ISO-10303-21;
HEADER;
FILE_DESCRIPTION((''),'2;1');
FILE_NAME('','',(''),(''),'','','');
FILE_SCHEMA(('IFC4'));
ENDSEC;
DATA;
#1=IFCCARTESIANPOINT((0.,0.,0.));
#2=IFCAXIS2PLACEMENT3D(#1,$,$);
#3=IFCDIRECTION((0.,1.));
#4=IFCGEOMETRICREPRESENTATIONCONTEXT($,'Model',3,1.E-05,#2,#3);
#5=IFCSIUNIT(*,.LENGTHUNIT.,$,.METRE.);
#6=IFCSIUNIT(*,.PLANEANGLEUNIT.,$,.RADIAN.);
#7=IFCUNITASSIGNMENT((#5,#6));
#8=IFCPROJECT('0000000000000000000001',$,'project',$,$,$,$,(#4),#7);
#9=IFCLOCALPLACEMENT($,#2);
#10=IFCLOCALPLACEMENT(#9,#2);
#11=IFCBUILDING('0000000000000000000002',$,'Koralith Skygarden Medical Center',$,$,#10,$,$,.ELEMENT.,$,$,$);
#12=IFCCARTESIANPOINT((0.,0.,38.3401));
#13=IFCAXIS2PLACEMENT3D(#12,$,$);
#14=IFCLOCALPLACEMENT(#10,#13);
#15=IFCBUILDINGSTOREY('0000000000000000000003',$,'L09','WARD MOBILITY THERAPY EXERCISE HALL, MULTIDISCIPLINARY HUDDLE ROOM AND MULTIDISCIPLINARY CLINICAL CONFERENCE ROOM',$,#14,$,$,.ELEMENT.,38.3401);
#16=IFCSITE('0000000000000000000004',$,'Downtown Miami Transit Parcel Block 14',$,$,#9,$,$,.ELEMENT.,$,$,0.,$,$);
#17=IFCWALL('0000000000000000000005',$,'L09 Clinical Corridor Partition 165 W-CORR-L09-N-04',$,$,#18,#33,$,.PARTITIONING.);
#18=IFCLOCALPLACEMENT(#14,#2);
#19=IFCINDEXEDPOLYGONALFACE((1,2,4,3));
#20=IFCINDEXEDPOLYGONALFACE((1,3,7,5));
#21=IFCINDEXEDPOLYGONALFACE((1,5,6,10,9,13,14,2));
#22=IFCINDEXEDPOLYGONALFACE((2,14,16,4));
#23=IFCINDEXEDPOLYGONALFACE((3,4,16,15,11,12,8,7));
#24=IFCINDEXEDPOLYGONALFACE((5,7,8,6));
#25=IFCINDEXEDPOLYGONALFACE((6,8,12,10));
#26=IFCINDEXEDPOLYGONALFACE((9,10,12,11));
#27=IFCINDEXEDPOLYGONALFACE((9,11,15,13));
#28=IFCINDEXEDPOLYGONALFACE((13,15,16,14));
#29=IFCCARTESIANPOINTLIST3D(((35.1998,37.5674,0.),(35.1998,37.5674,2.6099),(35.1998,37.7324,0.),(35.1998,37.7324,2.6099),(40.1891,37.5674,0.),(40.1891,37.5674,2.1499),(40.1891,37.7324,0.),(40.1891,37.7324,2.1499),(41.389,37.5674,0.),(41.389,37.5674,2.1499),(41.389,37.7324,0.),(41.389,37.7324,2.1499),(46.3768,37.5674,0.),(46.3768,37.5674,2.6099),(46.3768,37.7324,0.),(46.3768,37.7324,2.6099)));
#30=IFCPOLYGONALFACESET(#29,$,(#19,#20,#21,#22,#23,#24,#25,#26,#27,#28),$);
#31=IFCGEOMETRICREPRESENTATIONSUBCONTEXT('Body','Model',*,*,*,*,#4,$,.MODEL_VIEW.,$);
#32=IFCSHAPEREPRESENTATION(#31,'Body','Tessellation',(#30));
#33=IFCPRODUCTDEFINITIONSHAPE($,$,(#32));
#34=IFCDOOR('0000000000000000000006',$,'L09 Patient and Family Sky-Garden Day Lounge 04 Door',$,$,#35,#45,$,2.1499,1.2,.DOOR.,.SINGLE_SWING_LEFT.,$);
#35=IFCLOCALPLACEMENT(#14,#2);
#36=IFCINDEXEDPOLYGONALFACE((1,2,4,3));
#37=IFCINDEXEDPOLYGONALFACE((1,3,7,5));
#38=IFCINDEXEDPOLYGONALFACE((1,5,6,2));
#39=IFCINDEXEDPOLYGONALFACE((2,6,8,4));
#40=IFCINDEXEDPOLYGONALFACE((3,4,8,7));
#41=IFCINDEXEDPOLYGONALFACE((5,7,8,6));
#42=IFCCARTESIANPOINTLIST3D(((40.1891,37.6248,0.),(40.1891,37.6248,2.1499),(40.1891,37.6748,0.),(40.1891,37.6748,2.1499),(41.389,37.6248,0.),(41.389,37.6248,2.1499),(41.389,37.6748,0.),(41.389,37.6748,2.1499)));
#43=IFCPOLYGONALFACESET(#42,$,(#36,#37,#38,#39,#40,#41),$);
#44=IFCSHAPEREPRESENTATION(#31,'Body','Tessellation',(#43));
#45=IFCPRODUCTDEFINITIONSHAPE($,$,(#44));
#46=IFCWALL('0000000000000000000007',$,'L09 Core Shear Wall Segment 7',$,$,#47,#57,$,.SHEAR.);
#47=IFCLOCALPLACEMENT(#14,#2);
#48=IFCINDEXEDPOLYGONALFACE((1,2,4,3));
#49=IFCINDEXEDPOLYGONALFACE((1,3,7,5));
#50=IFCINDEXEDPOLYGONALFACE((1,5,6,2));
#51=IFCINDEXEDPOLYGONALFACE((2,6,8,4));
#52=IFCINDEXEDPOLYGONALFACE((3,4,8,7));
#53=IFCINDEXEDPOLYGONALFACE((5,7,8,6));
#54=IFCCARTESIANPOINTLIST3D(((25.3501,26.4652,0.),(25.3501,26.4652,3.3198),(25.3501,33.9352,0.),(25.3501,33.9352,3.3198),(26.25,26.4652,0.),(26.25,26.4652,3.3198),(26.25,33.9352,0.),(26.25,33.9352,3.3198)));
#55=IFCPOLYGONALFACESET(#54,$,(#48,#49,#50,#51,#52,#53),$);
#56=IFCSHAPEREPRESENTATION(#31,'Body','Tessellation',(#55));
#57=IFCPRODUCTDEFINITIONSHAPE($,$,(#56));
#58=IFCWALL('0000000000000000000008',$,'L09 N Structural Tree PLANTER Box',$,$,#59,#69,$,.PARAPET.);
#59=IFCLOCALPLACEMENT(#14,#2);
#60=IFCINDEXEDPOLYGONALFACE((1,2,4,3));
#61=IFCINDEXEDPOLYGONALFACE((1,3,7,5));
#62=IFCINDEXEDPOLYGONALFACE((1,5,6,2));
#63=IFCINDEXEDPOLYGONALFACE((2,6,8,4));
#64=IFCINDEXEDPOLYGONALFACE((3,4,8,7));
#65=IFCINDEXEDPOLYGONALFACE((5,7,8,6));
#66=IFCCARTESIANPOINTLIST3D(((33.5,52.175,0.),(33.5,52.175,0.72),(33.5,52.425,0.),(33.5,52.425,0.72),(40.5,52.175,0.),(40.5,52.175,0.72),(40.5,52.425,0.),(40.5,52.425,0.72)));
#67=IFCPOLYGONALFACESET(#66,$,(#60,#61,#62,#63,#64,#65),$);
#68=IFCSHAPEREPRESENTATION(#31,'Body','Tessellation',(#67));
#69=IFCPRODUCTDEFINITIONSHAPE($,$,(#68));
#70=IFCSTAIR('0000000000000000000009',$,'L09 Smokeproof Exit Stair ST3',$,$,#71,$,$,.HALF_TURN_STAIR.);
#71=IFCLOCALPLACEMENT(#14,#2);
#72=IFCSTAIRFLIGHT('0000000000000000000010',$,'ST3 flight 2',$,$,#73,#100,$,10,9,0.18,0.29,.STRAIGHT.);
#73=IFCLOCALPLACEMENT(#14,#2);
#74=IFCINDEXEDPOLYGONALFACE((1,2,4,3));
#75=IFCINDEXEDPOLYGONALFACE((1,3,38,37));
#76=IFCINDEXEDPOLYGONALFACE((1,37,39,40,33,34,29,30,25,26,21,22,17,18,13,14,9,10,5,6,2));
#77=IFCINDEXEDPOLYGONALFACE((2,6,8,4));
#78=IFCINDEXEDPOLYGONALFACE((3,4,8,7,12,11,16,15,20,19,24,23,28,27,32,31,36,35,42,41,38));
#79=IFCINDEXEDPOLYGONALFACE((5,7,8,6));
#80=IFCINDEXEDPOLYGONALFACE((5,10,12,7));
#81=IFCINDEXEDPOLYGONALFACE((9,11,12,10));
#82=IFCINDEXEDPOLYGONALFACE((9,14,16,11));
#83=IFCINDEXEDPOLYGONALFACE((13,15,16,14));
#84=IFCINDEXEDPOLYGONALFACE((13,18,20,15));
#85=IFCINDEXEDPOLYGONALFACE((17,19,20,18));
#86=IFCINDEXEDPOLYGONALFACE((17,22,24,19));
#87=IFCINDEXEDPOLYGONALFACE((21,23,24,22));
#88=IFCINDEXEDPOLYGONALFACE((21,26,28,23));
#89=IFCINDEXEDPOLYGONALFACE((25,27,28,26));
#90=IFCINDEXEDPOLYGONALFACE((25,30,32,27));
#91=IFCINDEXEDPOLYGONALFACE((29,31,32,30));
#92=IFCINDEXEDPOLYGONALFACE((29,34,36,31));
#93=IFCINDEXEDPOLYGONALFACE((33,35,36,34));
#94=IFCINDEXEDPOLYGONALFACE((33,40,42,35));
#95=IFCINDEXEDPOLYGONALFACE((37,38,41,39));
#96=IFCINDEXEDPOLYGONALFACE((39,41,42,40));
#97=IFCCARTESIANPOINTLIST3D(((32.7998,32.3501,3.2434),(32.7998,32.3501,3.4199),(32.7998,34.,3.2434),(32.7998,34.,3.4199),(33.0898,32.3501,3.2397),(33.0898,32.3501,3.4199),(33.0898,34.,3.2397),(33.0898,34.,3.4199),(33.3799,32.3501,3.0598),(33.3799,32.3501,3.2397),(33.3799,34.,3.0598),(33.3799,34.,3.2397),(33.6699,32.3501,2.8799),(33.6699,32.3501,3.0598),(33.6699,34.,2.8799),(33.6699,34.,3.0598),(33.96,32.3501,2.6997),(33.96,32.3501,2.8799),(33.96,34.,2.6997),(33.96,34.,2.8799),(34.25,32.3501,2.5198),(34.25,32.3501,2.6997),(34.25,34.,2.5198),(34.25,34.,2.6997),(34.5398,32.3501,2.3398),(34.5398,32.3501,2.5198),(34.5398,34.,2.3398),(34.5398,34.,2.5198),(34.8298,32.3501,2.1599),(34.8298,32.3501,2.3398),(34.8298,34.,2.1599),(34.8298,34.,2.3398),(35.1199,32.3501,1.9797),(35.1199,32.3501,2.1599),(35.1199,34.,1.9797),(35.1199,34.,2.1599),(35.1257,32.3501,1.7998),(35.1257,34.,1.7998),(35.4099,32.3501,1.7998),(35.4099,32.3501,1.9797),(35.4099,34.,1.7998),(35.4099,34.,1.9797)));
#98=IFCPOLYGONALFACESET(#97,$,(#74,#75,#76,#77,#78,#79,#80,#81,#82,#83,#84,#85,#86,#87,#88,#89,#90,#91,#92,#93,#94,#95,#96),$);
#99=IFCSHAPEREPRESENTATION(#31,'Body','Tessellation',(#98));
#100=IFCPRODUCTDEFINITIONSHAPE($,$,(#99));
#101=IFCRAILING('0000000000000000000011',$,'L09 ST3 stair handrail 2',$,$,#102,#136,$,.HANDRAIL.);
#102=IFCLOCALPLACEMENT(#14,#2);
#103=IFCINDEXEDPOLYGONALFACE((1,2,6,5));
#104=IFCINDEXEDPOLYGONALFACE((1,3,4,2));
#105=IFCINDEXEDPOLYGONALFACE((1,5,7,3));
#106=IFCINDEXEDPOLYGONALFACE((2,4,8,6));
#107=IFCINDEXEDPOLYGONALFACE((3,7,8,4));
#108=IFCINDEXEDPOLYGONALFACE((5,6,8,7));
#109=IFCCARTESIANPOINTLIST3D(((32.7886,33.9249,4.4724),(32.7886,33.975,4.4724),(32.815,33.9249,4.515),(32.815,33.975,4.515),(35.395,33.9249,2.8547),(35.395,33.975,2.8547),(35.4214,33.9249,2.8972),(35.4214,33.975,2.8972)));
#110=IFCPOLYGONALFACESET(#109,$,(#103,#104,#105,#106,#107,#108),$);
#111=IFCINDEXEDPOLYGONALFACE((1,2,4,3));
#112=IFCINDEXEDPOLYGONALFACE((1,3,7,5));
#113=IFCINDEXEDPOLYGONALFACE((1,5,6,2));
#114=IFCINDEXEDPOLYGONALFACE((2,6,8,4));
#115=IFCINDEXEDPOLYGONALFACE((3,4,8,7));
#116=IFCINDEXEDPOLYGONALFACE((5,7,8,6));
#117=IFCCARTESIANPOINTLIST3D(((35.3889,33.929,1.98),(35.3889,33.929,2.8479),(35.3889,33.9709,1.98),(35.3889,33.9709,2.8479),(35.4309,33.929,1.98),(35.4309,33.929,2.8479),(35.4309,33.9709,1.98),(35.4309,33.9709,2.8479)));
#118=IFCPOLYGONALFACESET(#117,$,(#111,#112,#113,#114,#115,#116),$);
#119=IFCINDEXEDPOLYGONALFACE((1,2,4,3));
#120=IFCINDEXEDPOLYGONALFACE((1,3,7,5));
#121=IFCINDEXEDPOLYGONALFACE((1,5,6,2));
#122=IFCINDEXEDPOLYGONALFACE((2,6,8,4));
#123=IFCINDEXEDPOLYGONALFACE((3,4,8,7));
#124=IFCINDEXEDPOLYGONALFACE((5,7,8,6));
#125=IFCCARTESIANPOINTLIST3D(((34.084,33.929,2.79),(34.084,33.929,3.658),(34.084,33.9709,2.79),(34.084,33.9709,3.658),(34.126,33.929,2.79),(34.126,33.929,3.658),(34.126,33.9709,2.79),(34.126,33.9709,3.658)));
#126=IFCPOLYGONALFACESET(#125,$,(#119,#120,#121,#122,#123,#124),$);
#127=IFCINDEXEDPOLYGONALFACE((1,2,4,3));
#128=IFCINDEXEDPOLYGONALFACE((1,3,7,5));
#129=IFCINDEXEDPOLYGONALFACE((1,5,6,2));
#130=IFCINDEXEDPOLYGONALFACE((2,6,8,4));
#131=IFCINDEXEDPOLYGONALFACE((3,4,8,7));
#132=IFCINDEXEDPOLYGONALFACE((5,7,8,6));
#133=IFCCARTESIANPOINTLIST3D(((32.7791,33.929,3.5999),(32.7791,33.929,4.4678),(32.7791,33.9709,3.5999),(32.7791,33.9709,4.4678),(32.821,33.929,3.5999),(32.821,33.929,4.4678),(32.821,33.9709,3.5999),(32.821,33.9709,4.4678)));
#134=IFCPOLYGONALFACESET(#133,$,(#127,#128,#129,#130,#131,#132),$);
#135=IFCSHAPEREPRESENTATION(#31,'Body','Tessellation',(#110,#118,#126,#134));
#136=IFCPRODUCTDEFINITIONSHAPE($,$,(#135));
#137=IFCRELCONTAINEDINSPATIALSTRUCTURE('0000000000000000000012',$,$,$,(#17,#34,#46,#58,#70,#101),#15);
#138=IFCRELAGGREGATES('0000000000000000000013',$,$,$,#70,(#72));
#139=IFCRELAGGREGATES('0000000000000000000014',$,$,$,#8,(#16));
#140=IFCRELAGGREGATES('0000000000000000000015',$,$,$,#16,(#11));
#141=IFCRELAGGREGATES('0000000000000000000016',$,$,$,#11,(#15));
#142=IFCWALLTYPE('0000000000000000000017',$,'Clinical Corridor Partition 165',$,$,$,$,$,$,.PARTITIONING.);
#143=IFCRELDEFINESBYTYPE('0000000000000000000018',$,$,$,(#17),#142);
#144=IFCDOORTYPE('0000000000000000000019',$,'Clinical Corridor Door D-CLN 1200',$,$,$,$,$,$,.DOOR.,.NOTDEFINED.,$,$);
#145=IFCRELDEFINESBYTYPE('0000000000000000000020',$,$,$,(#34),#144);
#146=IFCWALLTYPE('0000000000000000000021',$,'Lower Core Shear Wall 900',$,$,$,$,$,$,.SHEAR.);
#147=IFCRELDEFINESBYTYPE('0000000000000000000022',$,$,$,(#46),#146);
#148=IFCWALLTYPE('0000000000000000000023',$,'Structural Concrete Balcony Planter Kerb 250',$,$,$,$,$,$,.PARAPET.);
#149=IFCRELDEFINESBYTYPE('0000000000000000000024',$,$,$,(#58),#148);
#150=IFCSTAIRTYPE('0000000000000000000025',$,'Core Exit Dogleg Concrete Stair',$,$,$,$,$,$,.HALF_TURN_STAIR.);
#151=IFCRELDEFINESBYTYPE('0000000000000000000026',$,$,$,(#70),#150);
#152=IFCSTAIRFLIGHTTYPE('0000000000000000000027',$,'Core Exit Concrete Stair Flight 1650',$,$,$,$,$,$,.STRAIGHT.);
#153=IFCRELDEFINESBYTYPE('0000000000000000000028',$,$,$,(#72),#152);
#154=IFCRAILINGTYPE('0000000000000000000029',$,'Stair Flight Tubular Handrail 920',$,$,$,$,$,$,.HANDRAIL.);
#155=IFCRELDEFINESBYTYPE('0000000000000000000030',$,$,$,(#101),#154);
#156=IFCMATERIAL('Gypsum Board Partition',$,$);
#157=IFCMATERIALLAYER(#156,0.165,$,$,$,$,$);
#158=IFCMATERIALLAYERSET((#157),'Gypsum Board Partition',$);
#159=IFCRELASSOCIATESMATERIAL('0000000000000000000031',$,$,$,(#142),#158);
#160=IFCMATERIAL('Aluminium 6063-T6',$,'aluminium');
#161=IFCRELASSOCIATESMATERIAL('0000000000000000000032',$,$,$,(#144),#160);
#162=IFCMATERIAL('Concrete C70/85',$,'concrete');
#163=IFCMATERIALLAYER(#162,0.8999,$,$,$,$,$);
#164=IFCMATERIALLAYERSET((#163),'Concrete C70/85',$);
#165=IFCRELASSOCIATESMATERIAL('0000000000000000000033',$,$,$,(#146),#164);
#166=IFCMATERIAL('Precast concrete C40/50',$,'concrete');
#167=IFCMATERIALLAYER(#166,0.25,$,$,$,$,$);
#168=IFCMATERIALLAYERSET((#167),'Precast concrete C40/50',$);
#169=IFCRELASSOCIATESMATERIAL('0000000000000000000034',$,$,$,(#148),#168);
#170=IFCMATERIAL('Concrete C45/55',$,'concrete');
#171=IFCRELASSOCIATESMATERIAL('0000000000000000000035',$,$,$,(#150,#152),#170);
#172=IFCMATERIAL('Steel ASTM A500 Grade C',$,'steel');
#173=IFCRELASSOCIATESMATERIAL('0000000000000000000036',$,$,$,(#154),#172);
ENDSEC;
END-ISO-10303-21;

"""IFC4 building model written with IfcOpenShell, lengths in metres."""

from ifc_helpers import new_model, si_unit, direction, frame, frame_2d, origin, origin_2d, place, context, subcontext, project, spatial, polyline, rectangle, outline, extrude, material, layer, layer_set, type_object, element, fill, aggregate, save


model = new_model("IFC4")

# Units and contexts
model_context = context("Model", 3, precision=1e-05, world=origin(), true_north=direction((0.0, 1.0)))
body_context = subcontext(model_context, "Body", "Model", "MODEL_VIEW")
ifc_project = project(units=[si_unit("LENGTHUNIT", "METRE"), si_unit("PLANEANGLEUNIT", "RADIAN")], contexts=[model_context])

# Site, building, storey
site_placement = place(None, origin())
site = spatial("IfcSite", under=ifc_project, at=site_placement, Name="Downtown Miami Transit Parcel Block 14", CompositionType="ELEMENT", RefElevation=0.0)
building_placement = place(site_placement, origin())
building = spatial("IfcBuilding", under=site, at=building_placement, Name="Koralith Skygarden Medical Center", CompositionType="ELEMENT")
storey_placement = place(building_placement, frame((0.0, 0.0, 38.3401)))
storey = spatial("IfcBuildingStorey", under=building, at=storey_placement, Name="L09", Description="WARD MOBILITY THERAPY EXERCISE HALL, MULTIDISCIPLINARY HUDDLE ROOM AND MULTIDISCIPLINARY CLINICAL CONFERENCE ROOM", CompositionType="ELEMENT", Elevation=38.3401)

# Shared definitions
ifc_material_1 = material(Name="Concrete C70/85", Category="concrete")

# Shared definitions
ifc_material_2 = material(Name="Aluminium 6063-T6", Category="aluminium")

# Shared definitions
ifc_material_3 = material(Name="Concrete C45/55", Category="concrete")

# Shared definitions
ifc_material_4 = material(Name="Gypsum Board Partition")

# Wall, opening, door
ifc_layer_1 = layer(ifc_material_4, 0.165)
ifc_layer_set_1 = layer_set([ifc_layer_1], Name="Gypsum Board Partition")
wall_type_1 = type_object("IfcWallType", Name="Clinical Corridor Partition 165", PredefinedType="PARTITIONING", material=ifc_layer_set_1)
door_type = type_object("IfcDoorType", Name="Clinical Corridor Door D-CLN 1200", OperationType="NOTDEFINED", PredefinedType="DOOR", material=ifc_material_2)
wall_1_placement = place(storey_placement, frame((35.2, 37.6499, 0.0), z_axis=(0.0, 0.0, 1.0), x_axis=(1.0, 0.0, 0.0)))
wall_1 = element("IfcWall", 1, at=wall_1_placement, inside=storey, type_object=wall_type_1, Name="L09 Clinical Corridor Partition 165 W-CORR-L09-N-04", PredefinedType="PARTITIONING", context=body_context, shape_type="SweptSolid", body=[
    extrude(rectangle(XDim=11.177, YDim=0.165, at=frame_2d((5.5884, 0.0))), origin(), (0.0, 0.0, 1.0), 2.6099),
])
opening_1_placement = place(wall_1_placement, frame((4.989, 0.0, 0.0)))
opening_1 = element("IfcOpeningElement", 2, at=opening_1_placement, cuts=wall_1, PredefinedType="OPENING", context=body_context, shape_type="SweptSolid", body=[
    extrude(rectangle(XDim=1.2, YDim=2.1499, at=frame_2d((0.6001, 1.075))), frame((0.0, 0.0925, 0.0), z_axis=(0.0, -1.0, 0.0), x_axis=(1.0, 0.0, 0.0)), (0.0, 0.0, 1.0), 0.1851),
])
door_1_placement = place(opening_1_placement, origin())
door_1 = element("IfcDoor", 3, at=door_1_placement, inside=storey, type_object=door_type, Name="L09 Patient and Family Sky-Garden Day Lounge 04 Door", OperationType="SINGLE_SWING_LEFT", OverallHeight=2.1499, OverallWidth=1.2, PredefinedType="DOOR", context=body_context, shape_type="SweptSolid", body=[
    extrude(rectangle(XDim=1.2, YDim=2.1499, at=frame_2d((0.6001, 1.075))), frame((0.0, 0.0249, 0.0), z_axis=(0.0, -1.0, 0.0), x_axis=(1.0, 0.0, 0.0)), (0.0, 0.0, 1.0), 0.05),
])
fill(opening_1, door_1)

# Walls
ifc_layer_2 = layer(ifc_material_1, 0.8999)
ifc_layer_set_2 = layer_set([ifc_layer_2], Name="Concrete C70/85")
wall_type_2 = type_object("IfcWallType", Name="Lower Core Shear Wall 900", PredefinedType="SHEAR", material=ifc_layer_set_2)
wall_2_placement = place(storey_placement, frame((25.8, 33.9351, 0.0), z_axis=(0.0, 0.0, 1.0), x_axis=(0.0, -1.0, 0.0)))
element("IfcWall", 4, at=wall_2_placement, inside=storey, type_object=wall_type_2, Name="L09 Core Shear Wall Segment 7", PredefinedType="SHEAR", context=body_context, shape_type="SweptSolid", body=[
    extrude(rectangle(XDim=7.47, YDim=0.8999, at=frame_2d((3.7349, 0.0))), origin(), (0.0, 0.0, 1.0), 3.3198),
])
ifc_material_5 = material(Name="Precast concrete C40/50", Category="concrete")
ifc_layer_3 = layer(ifc_material_5, 0.25)
ifc_layer_set_3 = layer_set([ifc_layer_3], Name="Precast concrete C40/50")
wall_type_3 = type_object("IfcWallType", Name="Structural Concrete Balcony Planter Kerb 250", PredefinedType="PARAPET", material=ifc_layer_set_3)
wall_3_placement = place(storey_placement, frame((33.5, 52.3, 0.0), z_axis=(0.0, 0.0, 1.0), x_axis=(1.0, 0.0, 0.0)))
element("IfcWall", 5, at=wall_3_placement, inside=storey, type_object=wall_type_3, Name="L09 N Structural Tree PLANTER Box", PredefinedType="PARAPET", context=body_context, shape_type="SweptSolid", body=[
    extrude(rectangle(XDim=7.0, YDim=0.25, at=frame_2d((3.5, 0.0))), origin(), (0.0, 0.0, 1.0), 0.72),
])

# Stair, stair flight
stair_type = type_object("IfcStairType", Name="Core Exit Dogleg Concrete Stair", PredefinedType="HALF_TURN_STAIR", material=ifc_material_3)
stair_placement = place(storey_placement, origin())
stair = element("IfcStair", 6, at=stair_placement, inside=storey, type_object=stair_type, Name="L09 Smokeproof Exit Stair ST3", PredefinedType="HALF_TURN_STAIR")
stair_flight_type = type_object("IfcStairFlightType", Name="Core Exit Concrete Stair Flight 1650", PredefinedType="STRAIGHT", material=ifc_material_3)
stair_flight_placement = place(storey_placement, frame((35.4099, 33.175, 1.7998), z_axis=(0.0, 0.0, 1.0), x_axis=(-1.0, 0.0, 0.0)))
stair_flight = element("IfcStairFlight", 7, at=stair_flight_placement, type_object=stair_flight_type, Name="ST3 flight 2", NumberOfRisers=10, NumberOfTreads=9, PredefinedType="STRAIGHT", RiserHeight=0.18, TreadLength=0.29, context=body_context, shape_type="SweptSolid", body=[
    extrude(outline(polyline([(0.0, 0.0), (0.0, 0.1799), (0.29, 0.1799), (0.29, 0.3601), (0.5801, 0.3601), (0.5801, 0.54), (0.8701, 0.54), (0.8701, 0.72), (1.1599, 0.72), (1.1599, 0.8999), (1.45, 0.8999), (1.45, 1.0801), (1.74, 1.0801), (1.74, 1.26), (2.03, 1.26), (2.03, 1.4399), (2.3201, 1.4399), (2.3201, 1.6201), (2.6101, 1.6201), (2.6101, 1.8), (2.6101, 1.4436), (0.2842, 0.0), (0.0, 0.0)])), frame((0.0, 0.825, 0.0), z_axis=(0.0, -1.0, 0.0), x_axis=(1.0, 0.0, 0.0)), (0.0, 0.0, 1.0), 1.6499),
])
aggregate(stair, [stair_flight])

# Railing
ifc_material_6 = material(Name="Steel ASTM A500 Grade C", Category="steel")
railing_type = type_object("IfcRailingType", Name="Stair Flight Tubular Handrail 920", PredefinedType="HANDRAIL", material=ifc_material_6)
railing_placement = place(storey_placement, frame((35.4099, 33.95, 1.98)))
element("IfcRailing", 8, at=railing_placement, inside=storey, type_object=railing_type, Name="L09 ST3 stair handrail 2", PredefinedType="HANDRAIL", context=body_context, shape_type="SweptSolid", body=[
    extrude(rectangle(XDim=0.05, YDim=0.05, at=origin_2d()), frame((-0.0017, 0.0, 0.896), z_axis=(-0.849646, 0.0, 0.527353), x_axis=(0.0, -1.0, 0.0)), (0.0, 0.0, 1.0), 3.0676),
    extrude(rectangle(XDim=0.042, YDim=0.042, at=origin_2d()), origin(), (0.0, 0.0, 1.0), 0.8679),
    extrude(rectangle(XDim=0.042, YDim=0.042, at=origin_2d()), frame((-1.3049, 0.0, 0.8101)), (0.0, 0.0, 1.0), 0.8679),
    extrude(rectangle(XDim=0.042, YDim=0.042, at=origin_2d()), frame((-2.6099, 0.0, 1.6199)), (0.0, 0.0, 1.0), 0.8679),
])

save(model, "model.ifc")
